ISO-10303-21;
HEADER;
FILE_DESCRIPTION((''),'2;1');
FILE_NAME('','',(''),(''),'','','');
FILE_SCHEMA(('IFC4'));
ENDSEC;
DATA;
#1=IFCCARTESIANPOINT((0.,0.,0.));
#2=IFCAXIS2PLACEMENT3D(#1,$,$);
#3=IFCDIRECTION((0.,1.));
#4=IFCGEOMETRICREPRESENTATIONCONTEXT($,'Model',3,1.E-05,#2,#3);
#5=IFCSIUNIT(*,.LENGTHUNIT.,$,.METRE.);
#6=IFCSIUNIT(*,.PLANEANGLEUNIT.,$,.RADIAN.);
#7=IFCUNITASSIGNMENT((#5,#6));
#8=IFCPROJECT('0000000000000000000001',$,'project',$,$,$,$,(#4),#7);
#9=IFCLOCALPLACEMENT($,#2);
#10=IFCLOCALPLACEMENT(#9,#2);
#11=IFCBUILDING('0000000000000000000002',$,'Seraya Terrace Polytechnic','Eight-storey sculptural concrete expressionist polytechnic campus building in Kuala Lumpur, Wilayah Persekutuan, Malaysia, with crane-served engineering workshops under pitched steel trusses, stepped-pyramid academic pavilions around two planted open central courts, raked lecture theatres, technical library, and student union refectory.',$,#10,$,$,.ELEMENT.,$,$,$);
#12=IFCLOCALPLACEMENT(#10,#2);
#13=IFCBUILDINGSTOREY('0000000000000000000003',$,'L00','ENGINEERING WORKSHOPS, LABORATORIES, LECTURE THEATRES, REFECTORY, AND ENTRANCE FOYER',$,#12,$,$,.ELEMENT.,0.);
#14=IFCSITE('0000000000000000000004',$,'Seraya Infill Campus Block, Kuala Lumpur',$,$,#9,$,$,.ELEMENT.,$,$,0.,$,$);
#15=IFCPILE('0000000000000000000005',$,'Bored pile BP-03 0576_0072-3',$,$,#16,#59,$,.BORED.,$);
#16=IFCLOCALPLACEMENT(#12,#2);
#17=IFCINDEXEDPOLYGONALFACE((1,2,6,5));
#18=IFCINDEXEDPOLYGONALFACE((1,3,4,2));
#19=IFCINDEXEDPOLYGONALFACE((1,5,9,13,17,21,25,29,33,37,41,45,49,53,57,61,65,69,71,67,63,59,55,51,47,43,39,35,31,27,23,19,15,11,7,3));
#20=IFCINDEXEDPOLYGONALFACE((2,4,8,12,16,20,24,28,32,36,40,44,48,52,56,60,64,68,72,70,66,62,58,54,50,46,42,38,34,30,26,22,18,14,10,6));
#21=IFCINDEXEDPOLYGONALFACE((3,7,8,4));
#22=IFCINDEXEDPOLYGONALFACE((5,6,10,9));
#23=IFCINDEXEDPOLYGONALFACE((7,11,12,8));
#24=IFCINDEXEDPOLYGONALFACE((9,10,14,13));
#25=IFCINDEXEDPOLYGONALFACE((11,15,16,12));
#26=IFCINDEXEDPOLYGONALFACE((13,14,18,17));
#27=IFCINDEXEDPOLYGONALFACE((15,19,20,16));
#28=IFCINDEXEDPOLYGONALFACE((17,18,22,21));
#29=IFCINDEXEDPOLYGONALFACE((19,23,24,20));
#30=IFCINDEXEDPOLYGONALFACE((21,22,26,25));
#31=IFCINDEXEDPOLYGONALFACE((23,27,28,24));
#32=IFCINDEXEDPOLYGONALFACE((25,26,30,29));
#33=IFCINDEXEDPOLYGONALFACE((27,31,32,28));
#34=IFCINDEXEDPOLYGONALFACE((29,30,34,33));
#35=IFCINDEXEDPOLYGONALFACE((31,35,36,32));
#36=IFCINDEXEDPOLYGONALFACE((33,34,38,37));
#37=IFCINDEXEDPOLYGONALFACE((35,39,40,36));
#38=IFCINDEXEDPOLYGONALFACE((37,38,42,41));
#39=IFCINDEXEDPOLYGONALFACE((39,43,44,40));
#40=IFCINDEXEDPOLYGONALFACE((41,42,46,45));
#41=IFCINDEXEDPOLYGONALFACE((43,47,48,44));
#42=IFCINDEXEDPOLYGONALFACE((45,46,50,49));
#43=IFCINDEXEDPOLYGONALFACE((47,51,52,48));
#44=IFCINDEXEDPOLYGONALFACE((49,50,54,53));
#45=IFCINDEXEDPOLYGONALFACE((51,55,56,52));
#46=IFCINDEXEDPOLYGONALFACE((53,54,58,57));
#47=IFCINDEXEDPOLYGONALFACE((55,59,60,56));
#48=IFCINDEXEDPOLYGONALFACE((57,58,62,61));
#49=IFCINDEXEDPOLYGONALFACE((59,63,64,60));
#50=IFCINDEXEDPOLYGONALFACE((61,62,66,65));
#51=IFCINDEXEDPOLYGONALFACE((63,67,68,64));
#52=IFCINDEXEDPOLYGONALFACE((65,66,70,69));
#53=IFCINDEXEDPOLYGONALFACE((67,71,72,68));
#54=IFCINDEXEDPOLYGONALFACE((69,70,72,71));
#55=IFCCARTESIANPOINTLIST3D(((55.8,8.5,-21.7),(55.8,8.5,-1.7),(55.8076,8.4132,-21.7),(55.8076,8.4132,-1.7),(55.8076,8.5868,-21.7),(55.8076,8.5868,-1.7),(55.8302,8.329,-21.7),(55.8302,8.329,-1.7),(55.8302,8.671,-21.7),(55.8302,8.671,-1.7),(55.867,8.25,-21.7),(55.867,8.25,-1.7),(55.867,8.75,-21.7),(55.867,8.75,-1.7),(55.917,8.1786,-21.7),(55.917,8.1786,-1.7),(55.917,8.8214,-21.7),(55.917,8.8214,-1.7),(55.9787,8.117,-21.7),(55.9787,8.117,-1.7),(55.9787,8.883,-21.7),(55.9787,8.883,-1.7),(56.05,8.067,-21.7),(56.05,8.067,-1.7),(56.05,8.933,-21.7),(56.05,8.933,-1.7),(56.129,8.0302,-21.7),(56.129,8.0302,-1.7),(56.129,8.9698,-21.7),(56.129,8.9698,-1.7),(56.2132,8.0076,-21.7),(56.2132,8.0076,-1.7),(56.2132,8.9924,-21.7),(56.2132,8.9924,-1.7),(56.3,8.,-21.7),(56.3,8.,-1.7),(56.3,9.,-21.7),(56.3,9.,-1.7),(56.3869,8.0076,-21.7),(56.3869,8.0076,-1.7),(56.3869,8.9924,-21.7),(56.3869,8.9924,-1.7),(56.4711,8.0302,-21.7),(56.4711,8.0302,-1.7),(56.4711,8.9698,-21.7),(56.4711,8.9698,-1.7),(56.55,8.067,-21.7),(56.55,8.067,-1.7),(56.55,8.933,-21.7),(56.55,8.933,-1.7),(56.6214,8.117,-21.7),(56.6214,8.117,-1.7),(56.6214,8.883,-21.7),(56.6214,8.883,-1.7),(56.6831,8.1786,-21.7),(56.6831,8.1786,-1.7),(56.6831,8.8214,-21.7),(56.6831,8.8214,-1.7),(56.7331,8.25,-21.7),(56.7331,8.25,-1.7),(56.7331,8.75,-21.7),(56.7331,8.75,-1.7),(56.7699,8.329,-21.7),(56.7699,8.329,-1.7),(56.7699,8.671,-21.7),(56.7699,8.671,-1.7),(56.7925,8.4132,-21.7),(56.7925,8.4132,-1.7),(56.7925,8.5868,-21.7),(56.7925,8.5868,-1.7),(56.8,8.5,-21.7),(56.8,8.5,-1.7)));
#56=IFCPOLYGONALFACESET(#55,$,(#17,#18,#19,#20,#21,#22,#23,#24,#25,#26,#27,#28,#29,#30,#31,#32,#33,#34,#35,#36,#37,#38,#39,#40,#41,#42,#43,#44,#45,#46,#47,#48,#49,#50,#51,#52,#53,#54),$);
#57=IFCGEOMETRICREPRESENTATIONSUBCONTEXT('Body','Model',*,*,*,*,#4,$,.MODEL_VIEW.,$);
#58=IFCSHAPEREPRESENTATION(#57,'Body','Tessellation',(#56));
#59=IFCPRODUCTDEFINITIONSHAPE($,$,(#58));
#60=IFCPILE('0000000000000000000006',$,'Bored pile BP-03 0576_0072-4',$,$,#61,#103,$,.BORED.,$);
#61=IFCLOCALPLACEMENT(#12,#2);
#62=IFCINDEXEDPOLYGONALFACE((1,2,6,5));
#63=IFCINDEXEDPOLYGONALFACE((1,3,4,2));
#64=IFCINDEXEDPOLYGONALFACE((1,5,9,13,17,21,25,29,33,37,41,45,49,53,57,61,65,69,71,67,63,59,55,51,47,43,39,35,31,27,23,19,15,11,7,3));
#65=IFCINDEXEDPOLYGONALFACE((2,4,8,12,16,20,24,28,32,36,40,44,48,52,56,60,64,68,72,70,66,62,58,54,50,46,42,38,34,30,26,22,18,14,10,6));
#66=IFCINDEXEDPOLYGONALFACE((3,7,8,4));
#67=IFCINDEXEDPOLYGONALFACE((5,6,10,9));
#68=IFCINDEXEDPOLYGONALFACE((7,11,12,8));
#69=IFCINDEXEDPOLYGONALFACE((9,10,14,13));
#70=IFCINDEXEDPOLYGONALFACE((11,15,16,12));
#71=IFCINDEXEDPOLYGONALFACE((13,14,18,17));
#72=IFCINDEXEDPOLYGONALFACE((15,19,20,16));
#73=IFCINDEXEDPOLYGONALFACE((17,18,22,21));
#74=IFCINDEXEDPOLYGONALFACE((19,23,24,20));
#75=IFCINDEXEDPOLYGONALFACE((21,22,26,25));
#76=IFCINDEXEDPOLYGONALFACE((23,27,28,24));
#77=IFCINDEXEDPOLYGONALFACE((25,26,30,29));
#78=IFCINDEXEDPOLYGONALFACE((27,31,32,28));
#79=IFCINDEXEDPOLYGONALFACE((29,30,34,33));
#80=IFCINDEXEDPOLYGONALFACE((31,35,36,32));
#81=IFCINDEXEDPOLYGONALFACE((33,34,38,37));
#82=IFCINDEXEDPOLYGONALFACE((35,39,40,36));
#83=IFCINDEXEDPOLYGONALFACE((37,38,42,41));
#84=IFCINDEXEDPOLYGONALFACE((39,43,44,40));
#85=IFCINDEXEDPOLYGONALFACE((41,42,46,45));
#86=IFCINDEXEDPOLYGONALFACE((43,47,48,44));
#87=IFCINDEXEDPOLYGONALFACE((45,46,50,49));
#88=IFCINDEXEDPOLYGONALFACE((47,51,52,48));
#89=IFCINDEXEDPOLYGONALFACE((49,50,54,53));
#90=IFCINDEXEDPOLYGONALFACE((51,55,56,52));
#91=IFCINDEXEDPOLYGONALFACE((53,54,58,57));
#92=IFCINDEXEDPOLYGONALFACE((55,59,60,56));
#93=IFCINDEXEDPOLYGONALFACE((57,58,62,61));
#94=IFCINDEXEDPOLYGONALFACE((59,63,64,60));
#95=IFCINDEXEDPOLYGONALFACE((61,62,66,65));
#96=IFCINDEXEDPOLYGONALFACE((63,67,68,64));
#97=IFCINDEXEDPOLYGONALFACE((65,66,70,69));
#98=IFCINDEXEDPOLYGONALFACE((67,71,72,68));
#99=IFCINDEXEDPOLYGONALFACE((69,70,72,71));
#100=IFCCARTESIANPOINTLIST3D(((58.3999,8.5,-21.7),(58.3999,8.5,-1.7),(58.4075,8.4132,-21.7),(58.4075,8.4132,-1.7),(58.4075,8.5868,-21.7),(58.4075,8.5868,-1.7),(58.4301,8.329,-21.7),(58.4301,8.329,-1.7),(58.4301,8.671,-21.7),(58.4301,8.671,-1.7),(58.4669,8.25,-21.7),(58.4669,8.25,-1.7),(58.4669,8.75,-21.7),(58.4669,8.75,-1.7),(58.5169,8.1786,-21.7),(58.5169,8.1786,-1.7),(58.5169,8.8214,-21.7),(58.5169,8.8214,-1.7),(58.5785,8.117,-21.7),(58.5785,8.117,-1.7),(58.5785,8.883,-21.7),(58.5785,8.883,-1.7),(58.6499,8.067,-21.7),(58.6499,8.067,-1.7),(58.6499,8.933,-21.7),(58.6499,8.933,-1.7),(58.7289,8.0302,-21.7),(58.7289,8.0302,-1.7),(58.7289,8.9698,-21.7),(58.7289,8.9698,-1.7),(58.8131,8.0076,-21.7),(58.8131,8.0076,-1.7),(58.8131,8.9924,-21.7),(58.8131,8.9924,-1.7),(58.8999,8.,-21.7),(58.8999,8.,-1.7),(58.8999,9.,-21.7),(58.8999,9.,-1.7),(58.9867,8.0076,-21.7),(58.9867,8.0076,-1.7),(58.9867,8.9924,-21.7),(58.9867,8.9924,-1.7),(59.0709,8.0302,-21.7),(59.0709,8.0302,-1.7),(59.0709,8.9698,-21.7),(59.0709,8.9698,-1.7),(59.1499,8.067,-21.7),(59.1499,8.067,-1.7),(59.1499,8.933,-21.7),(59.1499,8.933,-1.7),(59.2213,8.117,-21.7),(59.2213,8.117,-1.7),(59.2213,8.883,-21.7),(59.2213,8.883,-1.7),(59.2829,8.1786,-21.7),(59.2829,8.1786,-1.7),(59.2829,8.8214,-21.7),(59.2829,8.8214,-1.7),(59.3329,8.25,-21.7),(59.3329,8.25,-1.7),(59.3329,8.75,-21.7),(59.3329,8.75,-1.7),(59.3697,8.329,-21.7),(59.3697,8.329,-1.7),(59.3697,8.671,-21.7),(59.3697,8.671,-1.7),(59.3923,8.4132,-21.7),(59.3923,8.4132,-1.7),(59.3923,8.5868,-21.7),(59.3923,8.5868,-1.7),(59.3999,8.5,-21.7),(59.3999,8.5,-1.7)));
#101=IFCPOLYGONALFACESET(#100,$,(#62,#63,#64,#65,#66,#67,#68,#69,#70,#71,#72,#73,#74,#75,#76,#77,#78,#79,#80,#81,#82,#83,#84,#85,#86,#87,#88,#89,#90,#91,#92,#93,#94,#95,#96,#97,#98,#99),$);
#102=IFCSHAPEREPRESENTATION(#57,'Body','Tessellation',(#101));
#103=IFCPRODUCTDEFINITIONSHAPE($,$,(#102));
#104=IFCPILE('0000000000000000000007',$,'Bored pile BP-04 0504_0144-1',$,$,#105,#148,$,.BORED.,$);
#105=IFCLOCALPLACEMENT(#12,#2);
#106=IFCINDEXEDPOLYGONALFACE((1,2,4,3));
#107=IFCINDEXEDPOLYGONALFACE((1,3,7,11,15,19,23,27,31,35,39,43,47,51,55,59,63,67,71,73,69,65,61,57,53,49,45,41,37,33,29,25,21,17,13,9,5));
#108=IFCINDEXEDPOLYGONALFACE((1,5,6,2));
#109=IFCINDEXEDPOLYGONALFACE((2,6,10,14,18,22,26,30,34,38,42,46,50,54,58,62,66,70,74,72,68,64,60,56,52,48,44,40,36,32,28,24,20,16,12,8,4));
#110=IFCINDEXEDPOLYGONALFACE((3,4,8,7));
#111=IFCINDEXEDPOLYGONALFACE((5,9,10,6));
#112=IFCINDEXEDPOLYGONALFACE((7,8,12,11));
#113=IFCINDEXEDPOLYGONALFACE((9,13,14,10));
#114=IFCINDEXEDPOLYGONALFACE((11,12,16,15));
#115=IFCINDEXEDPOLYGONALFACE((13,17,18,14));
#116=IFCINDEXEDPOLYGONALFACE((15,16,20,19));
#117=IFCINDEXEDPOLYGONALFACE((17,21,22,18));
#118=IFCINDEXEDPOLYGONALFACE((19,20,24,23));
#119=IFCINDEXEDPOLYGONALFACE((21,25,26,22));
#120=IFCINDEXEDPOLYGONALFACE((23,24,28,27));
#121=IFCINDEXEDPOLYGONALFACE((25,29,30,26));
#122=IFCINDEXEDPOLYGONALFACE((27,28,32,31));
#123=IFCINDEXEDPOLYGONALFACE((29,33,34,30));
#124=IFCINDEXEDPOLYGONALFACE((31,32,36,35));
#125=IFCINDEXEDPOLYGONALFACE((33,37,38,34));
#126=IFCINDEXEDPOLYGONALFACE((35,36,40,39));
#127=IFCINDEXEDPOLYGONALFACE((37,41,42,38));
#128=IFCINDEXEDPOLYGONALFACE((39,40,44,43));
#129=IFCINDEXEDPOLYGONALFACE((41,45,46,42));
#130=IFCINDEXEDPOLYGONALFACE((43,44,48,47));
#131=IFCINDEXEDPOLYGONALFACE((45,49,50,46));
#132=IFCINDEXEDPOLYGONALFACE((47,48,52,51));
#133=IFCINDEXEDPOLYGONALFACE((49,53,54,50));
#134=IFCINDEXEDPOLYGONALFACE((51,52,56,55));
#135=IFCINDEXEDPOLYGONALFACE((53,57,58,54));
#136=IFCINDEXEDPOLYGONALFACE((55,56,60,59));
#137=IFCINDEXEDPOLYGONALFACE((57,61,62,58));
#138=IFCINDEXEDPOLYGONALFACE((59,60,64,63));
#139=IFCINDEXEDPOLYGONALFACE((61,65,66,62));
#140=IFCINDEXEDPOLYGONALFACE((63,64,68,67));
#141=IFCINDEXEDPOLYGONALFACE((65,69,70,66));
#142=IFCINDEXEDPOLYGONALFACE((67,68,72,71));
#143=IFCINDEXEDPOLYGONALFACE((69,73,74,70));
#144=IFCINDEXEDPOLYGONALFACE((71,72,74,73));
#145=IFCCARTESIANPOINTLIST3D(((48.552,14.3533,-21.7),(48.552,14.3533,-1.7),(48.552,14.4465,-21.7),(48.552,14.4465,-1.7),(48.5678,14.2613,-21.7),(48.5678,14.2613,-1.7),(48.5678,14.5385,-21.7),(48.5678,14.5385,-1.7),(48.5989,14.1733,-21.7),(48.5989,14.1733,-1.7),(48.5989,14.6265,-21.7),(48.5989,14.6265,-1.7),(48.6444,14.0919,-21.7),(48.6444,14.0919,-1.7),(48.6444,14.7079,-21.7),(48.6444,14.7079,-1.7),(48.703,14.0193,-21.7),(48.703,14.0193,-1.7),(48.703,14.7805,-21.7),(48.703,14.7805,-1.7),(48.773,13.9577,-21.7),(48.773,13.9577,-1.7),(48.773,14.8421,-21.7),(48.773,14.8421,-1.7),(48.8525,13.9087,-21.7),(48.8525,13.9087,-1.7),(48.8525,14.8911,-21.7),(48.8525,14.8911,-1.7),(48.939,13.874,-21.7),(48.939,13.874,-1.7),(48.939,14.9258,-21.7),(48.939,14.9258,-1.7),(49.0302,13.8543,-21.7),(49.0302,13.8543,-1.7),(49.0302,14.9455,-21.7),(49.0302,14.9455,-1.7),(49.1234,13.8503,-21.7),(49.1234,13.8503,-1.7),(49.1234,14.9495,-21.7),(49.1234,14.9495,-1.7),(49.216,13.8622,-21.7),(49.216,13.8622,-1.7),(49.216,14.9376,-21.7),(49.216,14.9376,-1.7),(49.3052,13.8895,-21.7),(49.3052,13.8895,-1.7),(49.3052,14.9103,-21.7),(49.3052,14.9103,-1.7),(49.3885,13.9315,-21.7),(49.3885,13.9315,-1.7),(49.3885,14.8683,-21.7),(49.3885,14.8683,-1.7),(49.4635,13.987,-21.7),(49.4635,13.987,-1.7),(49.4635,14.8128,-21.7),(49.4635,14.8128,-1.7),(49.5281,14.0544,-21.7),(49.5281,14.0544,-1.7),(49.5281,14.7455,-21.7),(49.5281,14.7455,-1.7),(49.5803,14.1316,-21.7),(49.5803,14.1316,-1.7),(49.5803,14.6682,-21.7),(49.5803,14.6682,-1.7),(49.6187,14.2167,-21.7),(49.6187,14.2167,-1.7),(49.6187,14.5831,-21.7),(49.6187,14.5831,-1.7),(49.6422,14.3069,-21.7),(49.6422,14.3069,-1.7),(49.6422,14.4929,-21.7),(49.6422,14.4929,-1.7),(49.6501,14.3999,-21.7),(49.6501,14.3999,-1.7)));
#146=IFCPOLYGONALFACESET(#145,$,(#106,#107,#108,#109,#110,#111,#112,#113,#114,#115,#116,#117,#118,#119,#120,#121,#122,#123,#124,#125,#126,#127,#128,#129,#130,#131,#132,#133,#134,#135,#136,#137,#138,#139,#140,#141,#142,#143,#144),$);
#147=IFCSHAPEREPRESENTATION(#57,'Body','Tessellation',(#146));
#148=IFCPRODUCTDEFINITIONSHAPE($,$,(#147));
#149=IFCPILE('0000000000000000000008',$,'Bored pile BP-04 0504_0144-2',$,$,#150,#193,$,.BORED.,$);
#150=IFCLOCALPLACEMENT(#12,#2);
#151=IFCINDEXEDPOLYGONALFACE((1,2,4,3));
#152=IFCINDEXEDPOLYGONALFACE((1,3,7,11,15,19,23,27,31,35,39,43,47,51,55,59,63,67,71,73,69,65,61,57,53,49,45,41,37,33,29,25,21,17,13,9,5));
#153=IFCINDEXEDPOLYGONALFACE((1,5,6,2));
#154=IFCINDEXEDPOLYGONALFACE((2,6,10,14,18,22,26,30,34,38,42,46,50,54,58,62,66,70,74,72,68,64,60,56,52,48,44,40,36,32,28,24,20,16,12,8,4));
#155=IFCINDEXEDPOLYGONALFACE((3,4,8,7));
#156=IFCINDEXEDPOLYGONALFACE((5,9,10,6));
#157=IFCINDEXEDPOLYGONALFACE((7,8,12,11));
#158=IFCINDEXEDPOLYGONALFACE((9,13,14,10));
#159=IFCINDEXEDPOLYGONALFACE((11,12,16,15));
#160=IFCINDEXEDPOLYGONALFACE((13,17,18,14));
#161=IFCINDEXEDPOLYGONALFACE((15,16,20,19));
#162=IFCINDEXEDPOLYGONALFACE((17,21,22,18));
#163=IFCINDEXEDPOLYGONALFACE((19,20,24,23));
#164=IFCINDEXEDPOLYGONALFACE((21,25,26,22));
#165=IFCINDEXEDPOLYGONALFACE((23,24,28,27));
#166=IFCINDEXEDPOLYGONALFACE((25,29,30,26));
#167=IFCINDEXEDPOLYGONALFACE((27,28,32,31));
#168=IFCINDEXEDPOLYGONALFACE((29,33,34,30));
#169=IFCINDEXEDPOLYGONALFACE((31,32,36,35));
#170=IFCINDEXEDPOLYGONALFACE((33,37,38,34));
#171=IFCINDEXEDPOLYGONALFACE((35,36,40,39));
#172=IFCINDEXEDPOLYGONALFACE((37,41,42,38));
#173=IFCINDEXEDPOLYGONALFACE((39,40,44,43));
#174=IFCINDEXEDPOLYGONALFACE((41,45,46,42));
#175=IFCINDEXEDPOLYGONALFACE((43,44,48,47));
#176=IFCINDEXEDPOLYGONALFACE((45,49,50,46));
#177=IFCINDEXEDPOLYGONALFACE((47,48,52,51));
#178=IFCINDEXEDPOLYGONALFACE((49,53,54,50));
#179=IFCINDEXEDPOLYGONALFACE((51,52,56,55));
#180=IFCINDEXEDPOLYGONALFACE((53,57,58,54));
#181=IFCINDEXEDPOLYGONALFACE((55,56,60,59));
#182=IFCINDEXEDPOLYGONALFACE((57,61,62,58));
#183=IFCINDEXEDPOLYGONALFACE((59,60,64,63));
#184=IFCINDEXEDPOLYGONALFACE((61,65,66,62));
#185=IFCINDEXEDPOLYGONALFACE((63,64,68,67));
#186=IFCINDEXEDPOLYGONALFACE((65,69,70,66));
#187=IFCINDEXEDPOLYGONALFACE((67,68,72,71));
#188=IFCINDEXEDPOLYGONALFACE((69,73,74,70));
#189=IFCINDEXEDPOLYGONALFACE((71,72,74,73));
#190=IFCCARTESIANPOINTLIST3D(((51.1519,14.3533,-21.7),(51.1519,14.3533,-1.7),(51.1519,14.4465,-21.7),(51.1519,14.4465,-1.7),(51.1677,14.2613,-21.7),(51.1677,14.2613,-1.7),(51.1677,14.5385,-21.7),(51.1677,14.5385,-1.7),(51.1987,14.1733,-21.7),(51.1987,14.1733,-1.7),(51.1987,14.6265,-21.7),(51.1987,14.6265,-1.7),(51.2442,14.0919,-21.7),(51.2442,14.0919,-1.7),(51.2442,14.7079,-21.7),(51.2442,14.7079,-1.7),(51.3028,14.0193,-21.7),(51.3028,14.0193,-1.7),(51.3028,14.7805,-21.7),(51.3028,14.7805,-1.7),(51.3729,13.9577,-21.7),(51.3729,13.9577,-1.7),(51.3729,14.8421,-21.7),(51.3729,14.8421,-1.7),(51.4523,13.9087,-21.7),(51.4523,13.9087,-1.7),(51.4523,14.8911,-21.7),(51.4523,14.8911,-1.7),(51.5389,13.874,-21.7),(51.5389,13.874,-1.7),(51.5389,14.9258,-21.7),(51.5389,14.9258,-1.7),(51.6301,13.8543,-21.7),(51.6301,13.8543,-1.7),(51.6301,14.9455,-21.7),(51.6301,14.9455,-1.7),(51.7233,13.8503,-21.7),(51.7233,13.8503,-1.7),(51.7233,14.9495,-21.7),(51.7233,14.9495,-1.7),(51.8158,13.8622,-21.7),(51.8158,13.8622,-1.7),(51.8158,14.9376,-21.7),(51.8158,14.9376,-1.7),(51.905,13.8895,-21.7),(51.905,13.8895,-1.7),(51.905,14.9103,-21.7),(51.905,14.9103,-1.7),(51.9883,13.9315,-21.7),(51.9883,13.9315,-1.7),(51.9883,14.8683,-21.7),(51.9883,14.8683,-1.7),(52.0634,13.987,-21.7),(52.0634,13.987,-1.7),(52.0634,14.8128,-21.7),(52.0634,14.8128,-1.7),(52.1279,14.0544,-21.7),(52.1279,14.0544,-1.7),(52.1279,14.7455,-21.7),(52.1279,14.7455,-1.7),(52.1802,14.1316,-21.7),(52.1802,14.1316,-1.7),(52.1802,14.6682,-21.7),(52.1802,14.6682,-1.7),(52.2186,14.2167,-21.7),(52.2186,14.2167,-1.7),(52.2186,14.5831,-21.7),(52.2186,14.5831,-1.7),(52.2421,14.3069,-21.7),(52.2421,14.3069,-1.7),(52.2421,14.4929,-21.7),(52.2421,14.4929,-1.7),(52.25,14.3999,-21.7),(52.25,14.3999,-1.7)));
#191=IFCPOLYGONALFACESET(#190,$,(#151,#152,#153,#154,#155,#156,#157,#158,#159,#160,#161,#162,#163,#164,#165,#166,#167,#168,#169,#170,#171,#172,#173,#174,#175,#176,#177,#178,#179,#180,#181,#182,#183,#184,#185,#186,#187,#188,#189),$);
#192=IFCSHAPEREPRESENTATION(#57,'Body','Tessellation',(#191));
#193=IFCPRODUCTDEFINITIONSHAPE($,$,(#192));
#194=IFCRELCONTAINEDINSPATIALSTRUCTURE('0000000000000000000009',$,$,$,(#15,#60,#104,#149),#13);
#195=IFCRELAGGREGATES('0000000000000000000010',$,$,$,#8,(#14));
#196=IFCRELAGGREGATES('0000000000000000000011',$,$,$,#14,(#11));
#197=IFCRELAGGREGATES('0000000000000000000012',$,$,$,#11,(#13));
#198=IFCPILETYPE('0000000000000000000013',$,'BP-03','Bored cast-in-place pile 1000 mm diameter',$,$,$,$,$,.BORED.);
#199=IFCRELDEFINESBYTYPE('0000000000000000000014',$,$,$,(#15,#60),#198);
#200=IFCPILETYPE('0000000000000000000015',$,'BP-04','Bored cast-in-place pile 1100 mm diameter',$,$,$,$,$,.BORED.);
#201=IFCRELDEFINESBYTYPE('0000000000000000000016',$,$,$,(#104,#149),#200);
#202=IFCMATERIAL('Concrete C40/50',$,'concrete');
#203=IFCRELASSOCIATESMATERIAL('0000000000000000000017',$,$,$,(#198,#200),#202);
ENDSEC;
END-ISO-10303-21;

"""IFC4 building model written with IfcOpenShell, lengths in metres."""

from ifc_helpers import new_model, si_unit, direction, frame, origin, origin_2d, place, context, subcontext, project, spatial, circle, extrude, material, material_profile, profile_set, type_object, element, save


model = new_model("IFC4")

# Units and contexts
model_context = context("Model", 3, precision=1e-05, world=origin(), true_north=direction((0.0, 1.0)))
body_context = subcontext(model_context, "Body", "Model", "MODEL_VIEW")
ifc_project = project(units=[si_unit("LENGTHUNIT", "METRE"), si_unit("PLANEANGLEUNIT", "RADIAN")], contexts=[model_context])

# Site, building, storey
site_placement = place(None, origin())
site = spatial("IfcSite", under=ifc_project, at=site_placement, Name="Seraya Infill Campus Block, Kuala Lumpur", CompositionType="ELEMENT", RefElevation=0.0)
building_placement = place(site_placement, origin())
building = spatial("IfcBuilding", under=site, at=building_placement, Name="Seraya Terrace Polytechnic", Description="Eight-storey sculptural concrete expressionist polytechnic campus building in Kuala Lumpur, Wilayah Persekutuan, Malaysia, with crane-served engineering workshops under pitched steel trusses, stepped-pyramid academic pavilions around two planted open central courts, raked lecture theatres, technical library, and student union refectory.", CompositionType="ELEMENT")
storey_placement = place(building_placement, origin())
storey = spatial("IfcBuildingStorey", under=building, at=storey_placement, Name="L00", Description="ENGINEERING WORKSHOPS, LABORATORIES, LECTURE THEATRES, REFECTORY, AND ENTRANCE FOYER", CompositionType="ELEMENT", Elevation=0.0)

# Piles
ifc_material_1 = material(Name="Concrete C40/50", Category="concrete")
ifc_material_profile_1 = material_profile(ifc_material_1, circle(Radius=0.5, at=origin_2d()), Name="DIA 1000")
ifc_profile_set_1 = profile_set([ifc_material_profile_1], Name="Concrete C40/50")
pile_type_1 = type_object("IfcPileType", Name="BP-03", Description="Bored cast-in-place pile 1000 mm diameter", PredefinedType="BORED", material=ifc_profile_set_1)
for number, where, z_axis, x_axis, name in (
    (1, (56.3, 8.5, -1.7), (0.0, 0.0, -1.0), (1.0, 0.0, 0.0), "Bored pile BP-03 0576_0072-3"),
    (2, (58.8999, 8.5, -1.7), (0.0, 0.0, -1.0), (1.0, 0.0, 0.0), "Bored pile BP-03 0576_0072-4"),
):
    element("IfcPile", number, at=place(storey_placement, frame(where, z_axis=z_axis, x_axis=x_axis)), inside=storey, type_object=pile_type_1, Name=name, PredefinedType="BORED", context=body_context, shape_type="SweptSolid", body=[
        extrude(circle(Radius=0.5, at=origin_2d()), origin(), (0.0, 0.0, 1.0), 20.0),
    ])
ifc_material_profile_2 = material_profile(ifc_material_1, circle(Radius=0.55, at=origin_2d()), Name="DIA 1100")
ifc_profile_set_2 = profile_set([ifc_material_profile_2], Name="Concrete C40/50")
pile_type_2 = type_object("IfcPileType", Name="BP-04", Description="Bored cast-in-place pile 1100 mm diameter", PredefinedType="BORED", material=ifc_profile_set_2)
for number, where, z_axis, x_axis, name in (
    (3, (49.1001, 14.3999, -1.7), (0.0, 0.0, -1.0), (1.0, 0.0, 0.0), "Bored pile BP-04 0504_0144-1"),
    (4, (51.7, 14.3999, -1.7), (0.0, 0.0, -1.0), (1.0, 0.0, 0.0), "Bored pile BP-04 0504_0144-2"),
):
    element("IfcPile", number, at=place(storey_placement, frame(where, z_axis=z_axis, x_axis=x_axis)), inside=storey, type_object=pile_type_2, Name=name, PredefinedType="BORED", context=body_context, shape_type="SweptSolid", body=[
        extrude(circle(Radius=0.55, at=origin_2d()), origin(), (0.0, 0.0, 1.0), 20.0),
    ])

save(model, "model.ifc")
